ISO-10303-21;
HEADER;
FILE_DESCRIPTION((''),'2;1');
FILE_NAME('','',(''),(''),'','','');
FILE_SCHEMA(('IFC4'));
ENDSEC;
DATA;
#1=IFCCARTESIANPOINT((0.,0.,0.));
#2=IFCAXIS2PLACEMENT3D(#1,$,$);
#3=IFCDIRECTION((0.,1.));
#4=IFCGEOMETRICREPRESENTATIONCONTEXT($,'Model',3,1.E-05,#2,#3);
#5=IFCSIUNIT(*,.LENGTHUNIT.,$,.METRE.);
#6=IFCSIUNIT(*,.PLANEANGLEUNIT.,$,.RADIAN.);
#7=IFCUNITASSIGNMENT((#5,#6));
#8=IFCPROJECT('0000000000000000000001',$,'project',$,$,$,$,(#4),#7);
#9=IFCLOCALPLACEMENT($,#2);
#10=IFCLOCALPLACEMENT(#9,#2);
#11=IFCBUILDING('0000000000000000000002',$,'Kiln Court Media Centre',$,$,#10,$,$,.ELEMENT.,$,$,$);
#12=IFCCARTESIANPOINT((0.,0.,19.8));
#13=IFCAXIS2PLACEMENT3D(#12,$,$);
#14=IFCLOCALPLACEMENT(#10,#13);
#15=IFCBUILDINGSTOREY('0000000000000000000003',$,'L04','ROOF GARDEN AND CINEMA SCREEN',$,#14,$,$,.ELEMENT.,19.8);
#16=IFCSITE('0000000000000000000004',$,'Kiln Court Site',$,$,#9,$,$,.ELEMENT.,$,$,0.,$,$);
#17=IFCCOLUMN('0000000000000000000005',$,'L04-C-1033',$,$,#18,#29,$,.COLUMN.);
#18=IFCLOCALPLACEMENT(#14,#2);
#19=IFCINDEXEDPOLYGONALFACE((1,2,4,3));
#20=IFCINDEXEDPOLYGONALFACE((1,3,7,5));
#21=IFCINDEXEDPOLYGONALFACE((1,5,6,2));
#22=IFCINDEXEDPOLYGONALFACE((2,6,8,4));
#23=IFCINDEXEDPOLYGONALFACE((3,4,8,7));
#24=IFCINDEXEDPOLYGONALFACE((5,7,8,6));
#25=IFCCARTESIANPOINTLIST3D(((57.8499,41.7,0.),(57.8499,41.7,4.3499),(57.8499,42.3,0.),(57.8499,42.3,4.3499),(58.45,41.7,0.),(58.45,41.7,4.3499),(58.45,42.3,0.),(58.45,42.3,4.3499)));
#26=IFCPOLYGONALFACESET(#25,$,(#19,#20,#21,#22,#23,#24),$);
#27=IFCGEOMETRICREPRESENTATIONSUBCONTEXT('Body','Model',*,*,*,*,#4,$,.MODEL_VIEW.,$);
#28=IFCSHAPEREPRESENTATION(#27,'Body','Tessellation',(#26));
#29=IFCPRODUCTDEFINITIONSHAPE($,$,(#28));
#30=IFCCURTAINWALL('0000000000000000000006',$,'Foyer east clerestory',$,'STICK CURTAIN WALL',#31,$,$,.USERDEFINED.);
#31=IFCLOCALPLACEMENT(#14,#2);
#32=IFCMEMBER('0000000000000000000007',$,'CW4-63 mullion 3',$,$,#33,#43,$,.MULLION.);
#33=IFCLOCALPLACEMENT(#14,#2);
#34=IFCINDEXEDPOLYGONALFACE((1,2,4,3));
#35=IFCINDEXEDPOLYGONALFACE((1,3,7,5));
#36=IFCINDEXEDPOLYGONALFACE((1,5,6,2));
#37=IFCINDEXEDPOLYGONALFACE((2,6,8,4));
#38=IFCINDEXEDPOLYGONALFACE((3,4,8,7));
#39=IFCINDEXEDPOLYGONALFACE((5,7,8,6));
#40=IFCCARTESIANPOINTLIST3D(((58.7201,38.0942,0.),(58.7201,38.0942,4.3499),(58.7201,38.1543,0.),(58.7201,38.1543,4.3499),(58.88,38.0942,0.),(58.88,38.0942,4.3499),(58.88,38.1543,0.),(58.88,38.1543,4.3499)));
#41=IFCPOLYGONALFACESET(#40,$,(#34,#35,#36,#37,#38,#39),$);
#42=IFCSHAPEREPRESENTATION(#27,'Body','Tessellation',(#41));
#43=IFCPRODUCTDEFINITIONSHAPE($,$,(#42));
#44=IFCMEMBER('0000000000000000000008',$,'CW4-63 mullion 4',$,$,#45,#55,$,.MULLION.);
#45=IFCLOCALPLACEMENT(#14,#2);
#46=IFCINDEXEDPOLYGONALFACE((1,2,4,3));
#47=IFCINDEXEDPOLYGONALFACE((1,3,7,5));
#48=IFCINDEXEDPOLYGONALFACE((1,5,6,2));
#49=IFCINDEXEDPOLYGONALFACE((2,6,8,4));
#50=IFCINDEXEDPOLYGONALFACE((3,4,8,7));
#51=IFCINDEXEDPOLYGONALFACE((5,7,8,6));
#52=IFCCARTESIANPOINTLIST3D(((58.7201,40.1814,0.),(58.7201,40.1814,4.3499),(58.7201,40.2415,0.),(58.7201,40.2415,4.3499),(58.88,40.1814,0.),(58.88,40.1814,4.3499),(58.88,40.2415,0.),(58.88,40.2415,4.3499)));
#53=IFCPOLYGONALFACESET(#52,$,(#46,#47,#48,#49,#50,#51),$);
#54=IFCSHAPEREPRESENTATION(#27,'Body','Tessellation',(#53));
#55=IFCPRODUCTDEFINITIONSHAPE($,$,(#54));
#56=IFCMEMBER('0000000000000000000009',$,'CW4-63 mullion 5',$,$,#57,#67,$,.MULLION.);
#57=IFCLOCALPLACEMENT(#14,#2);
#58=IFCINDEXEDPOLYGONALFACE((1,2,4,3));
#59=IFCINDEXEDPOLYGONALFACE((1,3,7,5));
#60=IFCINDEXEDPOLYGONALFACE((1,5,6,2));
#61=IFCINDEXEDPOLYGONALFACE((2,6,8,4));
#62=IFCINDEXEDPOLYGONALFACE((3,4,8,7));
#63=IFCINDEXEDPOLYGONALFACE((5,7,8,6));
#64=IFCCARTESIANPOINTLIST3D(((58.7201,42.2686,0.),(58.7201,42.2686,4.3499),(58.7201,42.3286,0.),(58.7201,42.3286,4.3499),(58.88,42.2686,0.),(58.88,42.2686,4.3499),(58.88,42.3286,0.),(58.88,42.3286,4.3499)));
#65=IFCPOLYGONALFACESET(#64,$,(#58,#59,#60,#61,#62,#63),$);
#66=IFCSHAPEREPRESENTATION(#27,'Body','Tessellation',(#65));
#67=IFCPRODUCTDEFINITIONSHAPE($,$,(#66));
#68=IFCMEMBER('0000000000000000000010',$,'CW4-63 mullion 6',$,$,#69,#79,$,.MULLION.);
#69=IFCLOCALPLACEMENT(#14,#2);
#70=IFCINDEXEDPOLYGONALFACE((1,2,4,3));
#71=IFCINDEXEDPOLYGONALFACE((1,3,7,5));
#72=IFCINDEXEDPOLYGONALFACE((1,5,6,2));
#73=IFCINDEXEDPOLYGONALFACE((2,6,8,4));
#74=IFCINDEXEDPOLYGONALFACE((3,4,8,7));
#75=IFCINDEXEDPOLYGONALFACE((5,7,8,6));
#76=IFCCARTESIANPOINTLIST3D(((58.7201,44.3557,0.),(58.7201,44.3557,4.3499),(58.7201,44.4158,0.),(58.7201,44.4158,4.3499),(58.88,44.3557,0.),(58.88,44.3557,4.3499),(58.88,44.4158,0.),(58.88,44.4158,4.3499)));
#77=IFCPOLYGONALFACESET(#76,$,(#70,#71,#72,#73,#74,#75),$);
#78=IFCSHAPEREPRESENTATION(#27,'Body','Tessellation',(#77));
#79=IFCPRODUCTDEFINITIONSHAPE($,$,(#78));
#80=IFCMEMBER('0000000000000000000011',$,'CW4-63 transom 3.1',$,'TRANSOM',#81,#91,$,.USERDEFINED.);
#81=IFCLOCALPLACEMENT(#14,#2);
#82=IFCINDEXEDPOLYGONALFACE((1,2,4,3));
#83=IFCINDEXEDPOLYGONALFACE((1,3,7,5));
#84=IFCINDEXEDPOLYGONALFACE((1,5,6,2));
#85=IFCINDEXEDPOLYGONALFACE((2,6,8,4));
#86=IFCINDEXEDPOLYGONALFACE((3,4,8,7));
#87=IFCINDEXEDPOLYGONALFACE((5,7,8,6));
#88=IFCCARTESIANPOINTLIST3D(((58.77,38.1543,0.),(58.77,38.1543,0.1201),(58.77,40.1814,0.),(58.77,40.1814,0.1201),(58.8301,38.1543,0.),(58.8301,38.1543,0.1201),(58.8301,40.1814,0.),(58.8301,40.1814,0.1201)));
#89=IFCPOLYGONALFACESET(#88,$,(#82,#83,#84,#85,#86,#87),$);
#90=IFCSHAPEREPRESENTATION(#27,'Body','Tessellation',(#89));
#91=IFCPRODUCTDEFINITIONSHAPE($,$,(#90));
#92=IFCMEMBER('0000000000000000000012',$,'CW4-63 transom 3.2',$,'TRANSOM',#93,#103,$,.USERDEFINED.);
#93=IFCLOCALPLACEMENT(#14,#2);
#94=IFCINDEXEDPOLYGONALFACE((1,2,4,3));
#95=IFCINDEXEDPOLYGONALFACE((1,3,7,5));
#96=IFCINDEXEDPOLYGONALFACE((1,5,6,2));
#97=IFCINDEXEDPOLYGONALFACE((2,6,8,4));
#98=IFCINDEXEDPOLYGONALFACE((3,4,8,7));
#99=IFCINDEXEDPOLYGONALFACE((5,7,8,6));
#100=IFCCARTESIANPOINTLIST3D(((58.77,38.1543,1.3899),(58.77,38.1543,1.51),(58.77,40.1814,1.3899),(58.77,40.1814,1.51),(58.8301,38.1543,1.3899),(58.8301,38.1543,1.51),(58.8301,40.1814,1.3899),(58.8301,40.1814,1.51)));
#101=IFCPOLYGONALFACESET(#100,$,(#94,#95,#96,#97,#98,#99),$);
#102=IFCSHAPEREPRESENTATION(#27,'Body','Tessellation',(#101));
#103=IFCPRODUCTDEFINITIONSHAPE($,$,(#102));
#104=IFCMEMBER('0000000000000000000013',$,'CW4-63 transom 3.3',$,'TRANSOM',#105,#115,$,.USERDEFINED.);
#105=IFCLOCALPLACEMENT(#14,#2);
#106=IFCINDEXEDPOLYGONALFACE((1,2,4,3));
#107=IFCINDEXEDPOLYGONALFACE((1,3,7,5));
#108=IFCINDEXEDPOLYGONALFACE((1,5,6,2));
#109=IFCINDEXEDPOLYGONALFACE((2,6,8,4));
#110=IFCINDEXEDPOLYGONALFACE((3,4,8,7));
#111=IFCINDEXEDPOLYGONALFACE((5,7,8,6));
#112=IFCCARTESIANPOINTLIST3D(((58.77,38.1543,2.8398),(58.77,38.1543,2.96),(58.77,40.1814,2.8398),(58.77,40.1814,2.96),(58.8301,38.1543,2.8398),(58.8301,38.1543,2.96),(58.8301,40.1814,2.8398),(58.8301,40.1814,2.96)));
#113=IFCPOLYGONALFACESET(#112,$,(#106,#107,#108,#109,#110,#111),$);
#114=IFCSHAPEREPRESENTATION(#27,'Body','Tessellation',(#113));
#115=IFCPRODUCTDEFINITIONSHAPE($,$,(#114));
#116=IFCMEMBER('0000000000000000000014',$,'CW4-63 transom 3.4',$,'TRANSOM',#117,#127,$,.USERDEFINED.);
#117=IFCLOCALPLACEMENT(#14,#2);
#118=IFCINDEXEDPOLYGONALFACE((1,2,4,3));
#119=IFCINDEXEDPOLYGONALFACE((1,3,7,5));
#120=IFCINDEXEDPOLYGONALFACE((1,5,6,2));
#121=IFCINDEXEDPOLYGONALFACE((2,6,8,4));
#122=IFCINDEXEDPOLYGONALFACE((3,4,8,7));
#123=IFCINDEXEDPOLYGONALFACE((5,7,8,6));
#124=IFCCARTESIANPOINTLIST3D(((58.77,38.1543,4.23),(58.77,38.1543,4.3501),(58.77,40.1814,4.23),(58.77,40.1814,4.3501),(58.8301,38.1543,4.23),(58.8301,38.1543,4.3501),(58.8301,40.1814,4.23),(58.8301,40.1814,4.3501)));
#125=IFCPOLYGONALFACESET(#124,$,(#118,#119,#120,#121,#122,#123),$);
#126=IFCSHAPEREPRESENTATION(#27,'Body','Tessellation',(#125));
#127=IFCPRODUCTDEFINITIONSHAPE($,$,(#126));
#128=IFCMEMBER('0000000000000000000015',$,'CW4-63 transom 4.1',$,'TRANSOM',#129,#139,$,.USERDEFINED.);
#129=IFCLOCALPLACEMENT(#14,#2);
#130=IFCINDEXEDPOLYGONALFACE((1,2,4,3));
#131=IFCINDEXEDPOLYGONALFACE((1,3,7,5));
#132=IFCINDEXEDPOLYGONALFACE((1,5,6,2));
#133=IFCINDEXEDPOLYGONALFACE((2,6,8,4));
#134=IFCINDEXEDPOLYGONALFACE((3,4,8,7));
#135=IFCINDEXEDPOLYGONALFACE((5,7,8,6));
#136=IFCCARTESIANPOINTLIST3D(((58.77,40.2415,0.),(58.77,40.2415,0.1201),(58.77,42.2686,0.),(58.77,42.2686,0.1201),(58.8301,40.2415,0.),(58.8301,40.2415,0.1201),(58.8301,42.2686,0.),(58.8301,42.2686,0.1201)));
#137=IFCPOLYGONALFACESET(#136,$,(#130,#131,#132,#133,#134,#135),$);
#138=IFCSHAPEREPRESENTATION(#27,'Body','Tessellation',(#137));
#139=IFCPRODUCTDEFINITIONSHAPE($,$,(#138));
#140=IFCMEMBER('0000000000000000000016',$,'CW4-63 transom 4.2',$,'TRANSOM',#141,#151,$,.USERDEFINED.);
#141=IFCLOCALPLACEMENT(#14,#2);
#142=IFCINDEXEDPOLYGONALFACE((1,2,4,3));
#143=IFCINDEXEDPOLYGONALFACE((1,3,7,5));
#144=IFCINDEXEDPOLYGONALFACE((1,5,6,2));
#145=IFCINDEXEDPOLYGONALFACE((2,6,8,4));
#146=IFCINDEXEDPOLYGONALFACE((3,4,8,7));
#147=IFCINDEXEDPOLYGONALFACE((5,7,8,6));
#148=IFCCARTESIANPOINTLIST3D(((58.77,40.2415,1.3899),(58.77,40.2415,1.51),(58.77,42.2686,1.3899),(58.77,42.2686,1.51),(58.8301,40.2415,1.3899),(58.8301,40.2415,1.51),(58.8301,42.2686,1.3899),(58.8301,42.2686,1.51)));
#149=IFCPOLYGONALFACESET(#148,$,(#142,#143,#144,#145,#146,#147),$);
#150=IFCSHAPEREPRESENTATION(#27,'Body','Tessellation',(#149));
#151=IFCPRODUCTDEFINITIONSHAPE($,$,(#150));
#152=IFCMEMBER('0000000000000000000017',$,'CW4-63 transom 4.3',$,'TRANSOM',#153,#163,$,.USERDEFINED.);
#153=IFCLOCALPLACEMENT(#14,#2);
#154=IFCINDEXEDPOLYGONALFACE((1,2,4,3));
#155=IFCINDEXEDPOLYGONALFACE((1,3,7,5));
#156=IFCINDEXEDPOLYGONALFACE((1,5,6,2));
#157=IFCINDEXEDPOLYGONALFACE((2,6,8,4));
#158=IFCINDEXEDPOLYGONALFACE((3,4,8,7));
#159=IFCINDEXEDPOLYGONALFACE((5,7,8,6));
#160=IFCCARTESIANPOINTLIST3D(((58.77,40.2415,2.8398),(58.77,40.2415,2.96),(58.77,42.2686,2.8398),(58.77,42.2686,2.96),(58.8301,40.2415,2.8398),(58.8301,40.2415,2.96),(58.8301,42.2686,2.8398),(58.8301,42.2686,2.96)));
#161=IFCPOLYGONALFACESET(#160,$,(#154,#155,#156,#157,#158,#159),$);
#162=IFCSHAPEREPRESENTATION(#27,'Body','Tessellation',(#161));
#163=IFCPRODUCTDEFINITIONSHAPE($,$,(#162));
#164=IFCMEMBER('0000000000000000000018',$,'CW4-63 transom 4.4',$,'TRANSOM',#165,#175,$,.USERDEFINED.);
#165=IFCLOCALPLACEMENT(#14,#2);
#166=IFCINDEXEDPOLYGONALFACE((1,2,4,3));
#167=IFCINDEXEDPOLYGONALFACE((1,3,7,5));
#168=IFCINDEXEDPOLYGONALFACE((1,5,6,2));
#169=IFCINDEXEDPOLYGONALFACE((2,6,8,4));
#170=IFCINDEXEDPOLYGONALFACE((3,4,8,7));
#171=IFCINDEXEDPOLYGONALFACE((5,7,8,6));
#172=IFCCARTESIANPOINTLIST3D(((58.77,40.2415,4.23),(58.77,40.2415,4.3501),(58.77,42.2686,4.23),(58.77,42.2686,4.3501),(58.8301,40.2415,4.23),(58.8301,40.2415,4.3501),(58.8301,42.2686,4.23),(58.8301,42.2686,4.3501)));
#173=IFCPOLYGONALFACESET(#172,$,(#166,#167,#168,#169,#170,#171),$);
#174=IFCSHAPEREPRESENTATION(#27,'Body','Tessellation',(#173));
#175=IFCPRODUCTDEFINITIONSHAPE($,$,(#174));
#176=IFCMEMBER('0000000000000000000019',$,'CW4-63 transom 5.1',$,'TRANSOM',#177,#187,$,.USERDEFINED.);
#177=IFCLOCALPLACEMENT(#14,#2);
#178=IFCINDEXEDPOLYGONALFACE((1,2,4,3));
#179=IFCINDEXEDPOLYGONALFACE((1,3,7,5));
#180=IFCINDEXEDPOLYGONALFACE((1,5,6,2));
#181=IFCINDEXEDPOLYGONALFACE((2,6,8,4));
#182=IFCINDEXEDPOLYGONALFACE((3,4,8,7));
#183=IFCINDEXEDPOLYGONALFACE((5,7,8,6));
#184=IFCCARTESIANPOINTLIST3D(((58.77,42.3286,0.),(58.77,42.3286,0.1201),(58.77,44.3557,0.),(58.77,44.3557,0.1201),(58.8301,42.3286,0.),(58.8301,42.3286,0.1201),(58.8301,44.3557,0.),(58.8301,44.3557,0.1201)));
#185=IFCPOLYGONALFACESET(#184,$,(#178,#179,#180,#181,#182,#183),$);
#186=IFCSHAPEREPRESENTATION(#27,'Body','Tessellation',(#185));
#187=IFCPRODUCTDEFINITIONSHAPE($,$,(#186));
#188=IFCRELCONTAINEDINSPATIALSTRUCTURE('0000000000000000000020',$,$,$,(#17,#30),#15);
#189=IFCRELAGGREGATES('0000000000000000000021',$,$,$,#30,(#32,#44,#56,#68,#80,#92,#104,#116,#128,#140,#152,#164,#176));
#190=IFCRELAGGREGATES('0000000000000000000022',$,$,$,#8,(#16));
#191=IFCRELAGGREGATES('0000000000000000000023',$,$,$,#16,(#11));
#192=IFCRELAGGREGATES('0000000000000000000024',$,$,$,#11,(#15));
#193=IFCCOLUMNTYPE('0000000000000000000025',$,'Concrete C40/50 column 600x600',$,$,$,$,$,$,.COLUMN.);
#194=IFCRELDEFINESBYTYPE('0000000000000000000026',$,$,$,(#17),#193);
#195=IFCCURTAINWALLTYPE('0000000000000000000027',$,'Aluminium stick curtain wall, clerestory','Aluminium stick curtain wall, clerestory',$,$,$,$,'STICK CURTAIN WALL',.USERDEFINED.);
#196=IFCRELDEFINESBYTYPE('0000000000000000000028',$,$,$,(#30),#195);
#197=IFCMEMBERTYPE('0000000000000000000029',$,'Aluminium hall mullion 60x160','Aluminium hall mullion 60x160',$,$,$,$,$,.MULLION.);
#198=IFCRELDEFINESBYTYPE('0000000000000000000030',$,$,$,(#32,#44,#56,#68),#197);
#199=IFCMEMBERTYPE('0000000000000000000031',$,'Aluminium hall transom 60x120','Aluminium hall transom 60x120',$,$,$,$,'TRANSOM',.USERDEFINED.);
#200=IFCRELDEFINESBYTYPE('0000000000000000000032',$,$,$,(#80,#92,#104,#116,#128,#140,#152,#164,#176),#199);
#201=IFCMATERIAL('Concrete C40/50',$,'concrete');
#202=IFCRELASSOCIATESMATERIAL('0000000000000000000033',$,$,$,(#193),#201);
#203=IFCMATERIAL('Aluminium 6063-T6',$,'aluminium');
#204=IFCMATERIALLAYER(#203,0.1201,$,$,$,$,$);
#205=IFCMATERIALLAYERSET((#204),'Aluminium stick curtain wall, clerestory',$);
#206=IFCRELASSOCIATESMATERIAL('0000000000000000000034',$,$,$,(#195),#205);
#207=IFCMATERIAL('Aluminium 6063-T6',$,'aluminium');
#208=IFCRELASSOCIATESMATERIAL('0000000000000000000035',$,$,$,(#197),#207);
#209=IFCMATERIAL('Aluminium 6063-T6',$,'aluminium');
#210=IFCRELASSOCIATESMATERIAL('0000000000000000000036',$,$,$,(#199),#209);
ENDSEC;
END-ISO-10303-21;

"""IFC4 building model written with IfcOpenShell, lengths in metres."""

from ifc_helpers import new_model, si_unit, direction, frame, origin, origin_2d, place, context, subcontext, project, spatial, rectangle, extrude, material, layer, layer_set, material_profile, profile_set, type_object, element, aggregate, save


model = new_model("IFC4")

# Units and contexts
model_context = context("Model", 3, precision=1e-05, world=origin(), true_north=direction((0.0, 1.0)))
body_context = subcontext(model_context, "Body", "Model", "MODEL_VIEW")
ifc_project = project(units=[si_unit("LENGTHUNIT", "METRE"), si_unit("PLANEANGLEUNIT", "RADIAN")], contexts=[model_context])

# Site, building, storey
site_placement = place(None, origin())
site = spatial("IfcSite", under=ifc_project, at=site_placement, Name="Kiln Court Site", CompositionType="ELEMENT", RefElevation=0.0)
building_placement = place(site_placement, origin())
building = spatial("IfcBuilding", under=site, at=building_placement, Name="Kiln Court Media Centre", CompositionType="ELEMENT")
storey_placement = place(building_placement, frame((0.0, 0.0, 19.8)))
storey = spatial("IfcBuildingStorey", under=building, at=storey_placement, Name="L04", Description="ROOF GARDEN AND CINEMA SCREEN", CompositionType="ELEMENT", Elevation=19.8)

# Column
ifc_material_1 = material(Name="Concrete C40/50", Category="concrete")
ifc_material_profile_1 = material_profile(ifc_material_1, rectangle(XDim=0.6001, YDim=0.6001, at=origin_2d()), Name="RC 600x600")
ifc_profile_set_1 = profile_set([ifc_material_profile_1], Name="Concrete C40/50")
column_type = type_object("IfcColumnType", Name="Concrete C40/50 column 600x600", PredefinedType="COLUMN", material=ifc_profile_set_1)
column_placement = place(storey_placement, frame((58.1499, 42.0, 0.0), z_axis=(0.0, 0.0, 1.0), x_axis=(1.0, 0.0, 0.0)))
element("IfcColumn", 1, at=column_placement, inside=storey, type_object=column_type, Name="L04-C-1033", PredefinedType="COLUMN", context=body_context, shape_type="SweptSolid", body=[
    extrude(rectangle(XDim=0.6001, YDim=0.6001, at=origin_2d()), origin(), (0.0, 0.0, 1.0), 4.3499),
])

# Curtain wall, members
ifc_material_2 = material(Name="Aluminium 6063-T6", Category="aluminium")
ifc_layer_1 = layer(ifc_material_2, 0.1201)
ifc_layer_set_1 = layer_set([ifc_layer_1], Name="Aluminium stick curtain wall, clerestory")
curtain_wall_type = type_object("IfcCurtainWallType", Name="Aluminium stick curtain wall, clerestory", Description="Aluminium stick curtain wall, clerestory", ElementType="STICK CURTAIN WALL", PredefinedType="USERDEFINED", material=ifc_layer_set_1)
curtain_wall_placement = place(storey_placement, origin())
curtain_wall = element("IfcCurtainWall", 2, at=curtain_wall_placement, inside=storey, type_object=curtain_wall_type, Name="Foyer east clerestory", ObjectType="STICK CURTAIN WALL", PredefinedType="USERDEFINED")
ifc_material_3 = material(Name="Aluminium 6063-T6", Category="aluminium")
ifc_material_profile_2 = material_profile(ifc_material_3, rectangle(XDim=0.0601, YDim=0.1599, at=origin_2d()), Name="Aluminium hall mullion 60x160")
ifc_profile_set_2 = profile_set([ifc_material_profile_2], Name="Aluminium 6063-T6")
member_type_1 = type_object("IfcMemberType", Name="Aluminium hall mullion 60x160", Description="Aluminium hall mullion 60x160", PredefinedType="MULLION", material=ifc_profile_set_2)
member_1_placement = place(storey_placement, frame((58.8, 38.1243, 0.0), z_axis=(0.0, 0.0, 1.0), x_axis=(0.0, 1.0, 0.0)))
member_1 = element("IfcMember", 3, at=member_1_placement, type_object=member_type_1, Name="CW4-63 mullion 3", PredefinedType="MULLION", context=body_context, shape_type="SweptSolid", body=[
    extrude(rectangle(XDim=0.0601, YDim=0.1599, at=origin_2d()), origin(), (0.0, 0.0, 1.0), 4.3499),
])
member_2_placement = place(storey_placement, frame((58.8, 40.2114, 0.0), z_axis=(0.0, 0.0, 1.0), x_axis=(0.0, 1.0, 0.0)))
member_2 = element("IfcMember", 4, at=member_2_placement, type_object=member_type_1, Name="CW4-63 mullion 4", PredefinedType="MULLION", context=body_context, shape_type="SweptSolid", body=[
    extrude(rectangle(XDim=0.0601, YDim=0.1599, at=origin_2d()), origin(), (0.0, 0.0, 1.0), 4.3499),
])
member_3_placement = place(storey_placement, frame((58.8, 42.2986, 0.0), z_axis=(0.0, 0.0, 1.0), x_axis=(0.0, 1.0, 0.0)))
member_3 = element("IfcMember", 5, at=member_3_placement, type_object=member_type_1, Name="CW4-63 mullion 5", PredefinedType="MULLION", context=body_context, shape_type="SweptSolid", body=[
    extrude(rectangle(XDim=0.0601, YDim=0.1599, at=origin_2d()), origin(), (0.0, 0.0, 1.0), 4.3499),
])
member_4_placement = place(storey_placement, frame((58.8, 44.3857, 0.0), z_axis=(0.0, 0.0, 1.0), x_axis=(0.0, 1.0, 0.0)))
member_4 = element("IfcMember", 6, at=member_4_placement, type_object=member_type_1, Name="CW4-63 mullion 6", PredefinedType="MULLION", context=body_context, shape_type="SweptSolid", body=[
    extrude(rectangle(XDim=0.0601, YDim=0.1599, at=origin_2d()), origin(), (0.0, 0.0, 1.0), 4.3499),
])
ifc_material_4 = material(Name="Aluminium 6063-T6", Category="aluminium")
ifc_material_profile_3 = material_profile(ifc_material_4, rectangle(XDim=0.0601, YDim=0.1201, at=origin_2d()), Name="Aluminium hall transom 60x120")
ifc_profile_set_3 = profile_set([ifc_material_profile_3], Name="Aluminium 6063-T6")
member_type_2 = type_object("IfcMemberType", Name="Aluminium hall transom 60x120", Description="Aluminium hall transom 60x120", ElementType="TRANSOM", PredefinedType="USERDEFINED", material=ifc_profile_set_3)
member_5_placement = place(storey_placement, frame((58.8, 38.1543, 0.0601), z_axis=(0.0, 1.0, 0.0), x_axis=(-1.0, 0.0, 0.0)))
member_5 = element("IfcMember", 7, at=member_5_placement, type_object=member_type_2, Name="CW4-63 transom 3.1", ObjectType="TRANSOM", PredefinedType="USERDEFINED", context=body_context, shape_type="SweptSolid", body=[
    extrude(rectangle(XDim=0.0601, YDim=0.1201, at=origin_2d()), origin(), (0.0, 0.0, 1.0), 2.0271),
])
member_6_placement = place(storey_placement, frame((58.8, 38.1543, 1.45), z_axis=(0.0, 1.0, 0.0), x_axis=(-1.0, 0.0, 0.0)))
member_6 = element("IfcMember", 8, at=member_6_placement, type_object=member_type_2, Name="CW4-63 transom 3.2", ObjectType="TRANSOM", PredefinedType="USERDEFINED", context=body_context, shape_type="SweptSolid", body=[
    extrude(rectangle(XDim=0.0601, YDim=0.1201, at=origin_2d()), origin(), (0.0, 0.0, 1.0), 2.0271),
])
member_7_placement = place(storey_placement, frame((58.8, 38.1543, 2.8999), z_axis=(0.0, 1.0, 0.0), x_axis=(-1.0, 0.0, 0.0)))
member_7 = element("IfcMember", 9, at=member_7_placement, type_object=member_type_2, Name="CW4-63 transom 3.3", ObjectType="TRANSOM", PredefinedType="USERDEFINED", context=body_context, shape_type="SweptSolid", body=[
    extrude(rectangle(XDim=0.0601, YDim=0.1201, at=origin_2d()), origin(), (0.0, 0.0, 1.0), 2.0271),
])
member_8_placement = place(storey_placement, frame((58.8, 38.1543, 4.29), z_axis=(0.0, 1.0, 0.0), x_axis=(-1.0, 0.0, 0.0)))
member_8 = element("IfcMember", 10, at=member_8_placement, type_object=member_type_2, Name="CW4-63 transom 3.4", ObjectType="TRANSOM", PredefinedType="USERDEFINED", context=body_context, shape_type="SweptSolid", body=[
    extrude(rectangle(XDim=0.0601, YDim=0.1201, at=origin_2d()), origin(), (0.0, 0.0, 1.0), 2.0271),
])
member_9_placement = place(storey_placement, frame((58.8, 40.2415, 0.0601), z_axis=(0.0, 1.0, 0.0), x_axis=(-1.0, 0.0, 0.0)))
member_9 = element("IfcMember", 11, at=member_9_placement, type_object=member_type_2, Name="CW4-63 transom 4.1", ObjectType="TRANSOM", PredefinedType="USERDEFINED", context=body_context, shape_type="SweptSolid", body=[
    extrude(rectangle(XDim=0.0601, YDim=0.1201, at=origin_2d()), origin(), (0.0, 0.0, 1.0), 2.0271),
])
member_10_placement = place(storey_placement, frame((58.8, 40.2415, 1.45), z_axis=(0.0, 1.0, 0.0), x_axis=(-1.0, 0.0, 0.0)))
member_10 = element("IfcMember", 12, at=member_10_placement, type_object=member_type_2, Name="CW4-63 transom 4.2", ObjectType="TRANSOM", PredefinedType="USERDEFINED", context=body_context, shape_type="SweptSolid", body=[
    extrude(rectangle(XDim=0.0601, YDim=0.1201, at=origin_2d()), origin(), (0.0, 0.0, 1.0), 2.0271),
])
member_11_placement = place(storey_placement, frame((58.8, 40.2415, 2.8999), z_axis=(0.0, 1.0, 0.0), x_axis=(-1.0, 0.0, 0.0)))
member_11 = element("IfcMember", 13, at=member_11_placement, type_object=member_type_2, Name="CW4-63 transom 4.3", ObjectType="TRANSOM", PredefinedType="USERDEFINED", context=body_context, shape_type="SweptSolid", body=[
    extrude(rectangle(XDim=0.0601, YDim=0.1201, at=origin_2d()), origin(), (0.0, 0.0, 1.0), 2.0271),
])
member_12_placement = place(storey_placement, frame((58.8, 40.2415, 4.29), z_axis=(0.0, 1.0, 0.0), x_axis=(-1.0, 0.0, 0.0)))
member_12 = element("IfcMember", 14, at=member_12_placement, type_object=member_type_2, Name="CW4-63 transom 4.4", ObjectType="TRANSOM", PredefinedType="USERDEFINED", context=body_context, shape_type="SweptSolid", body=[
    extrude(rectangle(XDim=0.0601, YDim=0.1201, at=origin_2d()), origin(), (0.0, 0.0, 1.0), 2.0271),
])
member_13_placement = place(storey_placement, frame((58.8, 42.3286, 0.0601), z_axis=(0.0, 1.0, 0.0), x_axis=(-1.0, 0.0, 0.0)))
member_13 = element("IfcMember", 15, at=member_13_placement, type_object=member_type_2, Name="CW4-63 transom 5.1", ObjectType="TRANSOM", PredefinedType="USERDEFINED", context=body_context, shape_type="SweptSolid", body=[
    extrude(rectangle(XDim=0.0601, YDim=0.1201, at=origin_2d()), origin(), (0.0, 0.0, 1.0), 2.0271),
])

aggregate(curtain_wall, [member_1, member_2, member_3, member_4, member_5, member_6, member_7, member_8, member_9, member_10, member_11, member_12, member_13])

save(model, "model.ifc")
